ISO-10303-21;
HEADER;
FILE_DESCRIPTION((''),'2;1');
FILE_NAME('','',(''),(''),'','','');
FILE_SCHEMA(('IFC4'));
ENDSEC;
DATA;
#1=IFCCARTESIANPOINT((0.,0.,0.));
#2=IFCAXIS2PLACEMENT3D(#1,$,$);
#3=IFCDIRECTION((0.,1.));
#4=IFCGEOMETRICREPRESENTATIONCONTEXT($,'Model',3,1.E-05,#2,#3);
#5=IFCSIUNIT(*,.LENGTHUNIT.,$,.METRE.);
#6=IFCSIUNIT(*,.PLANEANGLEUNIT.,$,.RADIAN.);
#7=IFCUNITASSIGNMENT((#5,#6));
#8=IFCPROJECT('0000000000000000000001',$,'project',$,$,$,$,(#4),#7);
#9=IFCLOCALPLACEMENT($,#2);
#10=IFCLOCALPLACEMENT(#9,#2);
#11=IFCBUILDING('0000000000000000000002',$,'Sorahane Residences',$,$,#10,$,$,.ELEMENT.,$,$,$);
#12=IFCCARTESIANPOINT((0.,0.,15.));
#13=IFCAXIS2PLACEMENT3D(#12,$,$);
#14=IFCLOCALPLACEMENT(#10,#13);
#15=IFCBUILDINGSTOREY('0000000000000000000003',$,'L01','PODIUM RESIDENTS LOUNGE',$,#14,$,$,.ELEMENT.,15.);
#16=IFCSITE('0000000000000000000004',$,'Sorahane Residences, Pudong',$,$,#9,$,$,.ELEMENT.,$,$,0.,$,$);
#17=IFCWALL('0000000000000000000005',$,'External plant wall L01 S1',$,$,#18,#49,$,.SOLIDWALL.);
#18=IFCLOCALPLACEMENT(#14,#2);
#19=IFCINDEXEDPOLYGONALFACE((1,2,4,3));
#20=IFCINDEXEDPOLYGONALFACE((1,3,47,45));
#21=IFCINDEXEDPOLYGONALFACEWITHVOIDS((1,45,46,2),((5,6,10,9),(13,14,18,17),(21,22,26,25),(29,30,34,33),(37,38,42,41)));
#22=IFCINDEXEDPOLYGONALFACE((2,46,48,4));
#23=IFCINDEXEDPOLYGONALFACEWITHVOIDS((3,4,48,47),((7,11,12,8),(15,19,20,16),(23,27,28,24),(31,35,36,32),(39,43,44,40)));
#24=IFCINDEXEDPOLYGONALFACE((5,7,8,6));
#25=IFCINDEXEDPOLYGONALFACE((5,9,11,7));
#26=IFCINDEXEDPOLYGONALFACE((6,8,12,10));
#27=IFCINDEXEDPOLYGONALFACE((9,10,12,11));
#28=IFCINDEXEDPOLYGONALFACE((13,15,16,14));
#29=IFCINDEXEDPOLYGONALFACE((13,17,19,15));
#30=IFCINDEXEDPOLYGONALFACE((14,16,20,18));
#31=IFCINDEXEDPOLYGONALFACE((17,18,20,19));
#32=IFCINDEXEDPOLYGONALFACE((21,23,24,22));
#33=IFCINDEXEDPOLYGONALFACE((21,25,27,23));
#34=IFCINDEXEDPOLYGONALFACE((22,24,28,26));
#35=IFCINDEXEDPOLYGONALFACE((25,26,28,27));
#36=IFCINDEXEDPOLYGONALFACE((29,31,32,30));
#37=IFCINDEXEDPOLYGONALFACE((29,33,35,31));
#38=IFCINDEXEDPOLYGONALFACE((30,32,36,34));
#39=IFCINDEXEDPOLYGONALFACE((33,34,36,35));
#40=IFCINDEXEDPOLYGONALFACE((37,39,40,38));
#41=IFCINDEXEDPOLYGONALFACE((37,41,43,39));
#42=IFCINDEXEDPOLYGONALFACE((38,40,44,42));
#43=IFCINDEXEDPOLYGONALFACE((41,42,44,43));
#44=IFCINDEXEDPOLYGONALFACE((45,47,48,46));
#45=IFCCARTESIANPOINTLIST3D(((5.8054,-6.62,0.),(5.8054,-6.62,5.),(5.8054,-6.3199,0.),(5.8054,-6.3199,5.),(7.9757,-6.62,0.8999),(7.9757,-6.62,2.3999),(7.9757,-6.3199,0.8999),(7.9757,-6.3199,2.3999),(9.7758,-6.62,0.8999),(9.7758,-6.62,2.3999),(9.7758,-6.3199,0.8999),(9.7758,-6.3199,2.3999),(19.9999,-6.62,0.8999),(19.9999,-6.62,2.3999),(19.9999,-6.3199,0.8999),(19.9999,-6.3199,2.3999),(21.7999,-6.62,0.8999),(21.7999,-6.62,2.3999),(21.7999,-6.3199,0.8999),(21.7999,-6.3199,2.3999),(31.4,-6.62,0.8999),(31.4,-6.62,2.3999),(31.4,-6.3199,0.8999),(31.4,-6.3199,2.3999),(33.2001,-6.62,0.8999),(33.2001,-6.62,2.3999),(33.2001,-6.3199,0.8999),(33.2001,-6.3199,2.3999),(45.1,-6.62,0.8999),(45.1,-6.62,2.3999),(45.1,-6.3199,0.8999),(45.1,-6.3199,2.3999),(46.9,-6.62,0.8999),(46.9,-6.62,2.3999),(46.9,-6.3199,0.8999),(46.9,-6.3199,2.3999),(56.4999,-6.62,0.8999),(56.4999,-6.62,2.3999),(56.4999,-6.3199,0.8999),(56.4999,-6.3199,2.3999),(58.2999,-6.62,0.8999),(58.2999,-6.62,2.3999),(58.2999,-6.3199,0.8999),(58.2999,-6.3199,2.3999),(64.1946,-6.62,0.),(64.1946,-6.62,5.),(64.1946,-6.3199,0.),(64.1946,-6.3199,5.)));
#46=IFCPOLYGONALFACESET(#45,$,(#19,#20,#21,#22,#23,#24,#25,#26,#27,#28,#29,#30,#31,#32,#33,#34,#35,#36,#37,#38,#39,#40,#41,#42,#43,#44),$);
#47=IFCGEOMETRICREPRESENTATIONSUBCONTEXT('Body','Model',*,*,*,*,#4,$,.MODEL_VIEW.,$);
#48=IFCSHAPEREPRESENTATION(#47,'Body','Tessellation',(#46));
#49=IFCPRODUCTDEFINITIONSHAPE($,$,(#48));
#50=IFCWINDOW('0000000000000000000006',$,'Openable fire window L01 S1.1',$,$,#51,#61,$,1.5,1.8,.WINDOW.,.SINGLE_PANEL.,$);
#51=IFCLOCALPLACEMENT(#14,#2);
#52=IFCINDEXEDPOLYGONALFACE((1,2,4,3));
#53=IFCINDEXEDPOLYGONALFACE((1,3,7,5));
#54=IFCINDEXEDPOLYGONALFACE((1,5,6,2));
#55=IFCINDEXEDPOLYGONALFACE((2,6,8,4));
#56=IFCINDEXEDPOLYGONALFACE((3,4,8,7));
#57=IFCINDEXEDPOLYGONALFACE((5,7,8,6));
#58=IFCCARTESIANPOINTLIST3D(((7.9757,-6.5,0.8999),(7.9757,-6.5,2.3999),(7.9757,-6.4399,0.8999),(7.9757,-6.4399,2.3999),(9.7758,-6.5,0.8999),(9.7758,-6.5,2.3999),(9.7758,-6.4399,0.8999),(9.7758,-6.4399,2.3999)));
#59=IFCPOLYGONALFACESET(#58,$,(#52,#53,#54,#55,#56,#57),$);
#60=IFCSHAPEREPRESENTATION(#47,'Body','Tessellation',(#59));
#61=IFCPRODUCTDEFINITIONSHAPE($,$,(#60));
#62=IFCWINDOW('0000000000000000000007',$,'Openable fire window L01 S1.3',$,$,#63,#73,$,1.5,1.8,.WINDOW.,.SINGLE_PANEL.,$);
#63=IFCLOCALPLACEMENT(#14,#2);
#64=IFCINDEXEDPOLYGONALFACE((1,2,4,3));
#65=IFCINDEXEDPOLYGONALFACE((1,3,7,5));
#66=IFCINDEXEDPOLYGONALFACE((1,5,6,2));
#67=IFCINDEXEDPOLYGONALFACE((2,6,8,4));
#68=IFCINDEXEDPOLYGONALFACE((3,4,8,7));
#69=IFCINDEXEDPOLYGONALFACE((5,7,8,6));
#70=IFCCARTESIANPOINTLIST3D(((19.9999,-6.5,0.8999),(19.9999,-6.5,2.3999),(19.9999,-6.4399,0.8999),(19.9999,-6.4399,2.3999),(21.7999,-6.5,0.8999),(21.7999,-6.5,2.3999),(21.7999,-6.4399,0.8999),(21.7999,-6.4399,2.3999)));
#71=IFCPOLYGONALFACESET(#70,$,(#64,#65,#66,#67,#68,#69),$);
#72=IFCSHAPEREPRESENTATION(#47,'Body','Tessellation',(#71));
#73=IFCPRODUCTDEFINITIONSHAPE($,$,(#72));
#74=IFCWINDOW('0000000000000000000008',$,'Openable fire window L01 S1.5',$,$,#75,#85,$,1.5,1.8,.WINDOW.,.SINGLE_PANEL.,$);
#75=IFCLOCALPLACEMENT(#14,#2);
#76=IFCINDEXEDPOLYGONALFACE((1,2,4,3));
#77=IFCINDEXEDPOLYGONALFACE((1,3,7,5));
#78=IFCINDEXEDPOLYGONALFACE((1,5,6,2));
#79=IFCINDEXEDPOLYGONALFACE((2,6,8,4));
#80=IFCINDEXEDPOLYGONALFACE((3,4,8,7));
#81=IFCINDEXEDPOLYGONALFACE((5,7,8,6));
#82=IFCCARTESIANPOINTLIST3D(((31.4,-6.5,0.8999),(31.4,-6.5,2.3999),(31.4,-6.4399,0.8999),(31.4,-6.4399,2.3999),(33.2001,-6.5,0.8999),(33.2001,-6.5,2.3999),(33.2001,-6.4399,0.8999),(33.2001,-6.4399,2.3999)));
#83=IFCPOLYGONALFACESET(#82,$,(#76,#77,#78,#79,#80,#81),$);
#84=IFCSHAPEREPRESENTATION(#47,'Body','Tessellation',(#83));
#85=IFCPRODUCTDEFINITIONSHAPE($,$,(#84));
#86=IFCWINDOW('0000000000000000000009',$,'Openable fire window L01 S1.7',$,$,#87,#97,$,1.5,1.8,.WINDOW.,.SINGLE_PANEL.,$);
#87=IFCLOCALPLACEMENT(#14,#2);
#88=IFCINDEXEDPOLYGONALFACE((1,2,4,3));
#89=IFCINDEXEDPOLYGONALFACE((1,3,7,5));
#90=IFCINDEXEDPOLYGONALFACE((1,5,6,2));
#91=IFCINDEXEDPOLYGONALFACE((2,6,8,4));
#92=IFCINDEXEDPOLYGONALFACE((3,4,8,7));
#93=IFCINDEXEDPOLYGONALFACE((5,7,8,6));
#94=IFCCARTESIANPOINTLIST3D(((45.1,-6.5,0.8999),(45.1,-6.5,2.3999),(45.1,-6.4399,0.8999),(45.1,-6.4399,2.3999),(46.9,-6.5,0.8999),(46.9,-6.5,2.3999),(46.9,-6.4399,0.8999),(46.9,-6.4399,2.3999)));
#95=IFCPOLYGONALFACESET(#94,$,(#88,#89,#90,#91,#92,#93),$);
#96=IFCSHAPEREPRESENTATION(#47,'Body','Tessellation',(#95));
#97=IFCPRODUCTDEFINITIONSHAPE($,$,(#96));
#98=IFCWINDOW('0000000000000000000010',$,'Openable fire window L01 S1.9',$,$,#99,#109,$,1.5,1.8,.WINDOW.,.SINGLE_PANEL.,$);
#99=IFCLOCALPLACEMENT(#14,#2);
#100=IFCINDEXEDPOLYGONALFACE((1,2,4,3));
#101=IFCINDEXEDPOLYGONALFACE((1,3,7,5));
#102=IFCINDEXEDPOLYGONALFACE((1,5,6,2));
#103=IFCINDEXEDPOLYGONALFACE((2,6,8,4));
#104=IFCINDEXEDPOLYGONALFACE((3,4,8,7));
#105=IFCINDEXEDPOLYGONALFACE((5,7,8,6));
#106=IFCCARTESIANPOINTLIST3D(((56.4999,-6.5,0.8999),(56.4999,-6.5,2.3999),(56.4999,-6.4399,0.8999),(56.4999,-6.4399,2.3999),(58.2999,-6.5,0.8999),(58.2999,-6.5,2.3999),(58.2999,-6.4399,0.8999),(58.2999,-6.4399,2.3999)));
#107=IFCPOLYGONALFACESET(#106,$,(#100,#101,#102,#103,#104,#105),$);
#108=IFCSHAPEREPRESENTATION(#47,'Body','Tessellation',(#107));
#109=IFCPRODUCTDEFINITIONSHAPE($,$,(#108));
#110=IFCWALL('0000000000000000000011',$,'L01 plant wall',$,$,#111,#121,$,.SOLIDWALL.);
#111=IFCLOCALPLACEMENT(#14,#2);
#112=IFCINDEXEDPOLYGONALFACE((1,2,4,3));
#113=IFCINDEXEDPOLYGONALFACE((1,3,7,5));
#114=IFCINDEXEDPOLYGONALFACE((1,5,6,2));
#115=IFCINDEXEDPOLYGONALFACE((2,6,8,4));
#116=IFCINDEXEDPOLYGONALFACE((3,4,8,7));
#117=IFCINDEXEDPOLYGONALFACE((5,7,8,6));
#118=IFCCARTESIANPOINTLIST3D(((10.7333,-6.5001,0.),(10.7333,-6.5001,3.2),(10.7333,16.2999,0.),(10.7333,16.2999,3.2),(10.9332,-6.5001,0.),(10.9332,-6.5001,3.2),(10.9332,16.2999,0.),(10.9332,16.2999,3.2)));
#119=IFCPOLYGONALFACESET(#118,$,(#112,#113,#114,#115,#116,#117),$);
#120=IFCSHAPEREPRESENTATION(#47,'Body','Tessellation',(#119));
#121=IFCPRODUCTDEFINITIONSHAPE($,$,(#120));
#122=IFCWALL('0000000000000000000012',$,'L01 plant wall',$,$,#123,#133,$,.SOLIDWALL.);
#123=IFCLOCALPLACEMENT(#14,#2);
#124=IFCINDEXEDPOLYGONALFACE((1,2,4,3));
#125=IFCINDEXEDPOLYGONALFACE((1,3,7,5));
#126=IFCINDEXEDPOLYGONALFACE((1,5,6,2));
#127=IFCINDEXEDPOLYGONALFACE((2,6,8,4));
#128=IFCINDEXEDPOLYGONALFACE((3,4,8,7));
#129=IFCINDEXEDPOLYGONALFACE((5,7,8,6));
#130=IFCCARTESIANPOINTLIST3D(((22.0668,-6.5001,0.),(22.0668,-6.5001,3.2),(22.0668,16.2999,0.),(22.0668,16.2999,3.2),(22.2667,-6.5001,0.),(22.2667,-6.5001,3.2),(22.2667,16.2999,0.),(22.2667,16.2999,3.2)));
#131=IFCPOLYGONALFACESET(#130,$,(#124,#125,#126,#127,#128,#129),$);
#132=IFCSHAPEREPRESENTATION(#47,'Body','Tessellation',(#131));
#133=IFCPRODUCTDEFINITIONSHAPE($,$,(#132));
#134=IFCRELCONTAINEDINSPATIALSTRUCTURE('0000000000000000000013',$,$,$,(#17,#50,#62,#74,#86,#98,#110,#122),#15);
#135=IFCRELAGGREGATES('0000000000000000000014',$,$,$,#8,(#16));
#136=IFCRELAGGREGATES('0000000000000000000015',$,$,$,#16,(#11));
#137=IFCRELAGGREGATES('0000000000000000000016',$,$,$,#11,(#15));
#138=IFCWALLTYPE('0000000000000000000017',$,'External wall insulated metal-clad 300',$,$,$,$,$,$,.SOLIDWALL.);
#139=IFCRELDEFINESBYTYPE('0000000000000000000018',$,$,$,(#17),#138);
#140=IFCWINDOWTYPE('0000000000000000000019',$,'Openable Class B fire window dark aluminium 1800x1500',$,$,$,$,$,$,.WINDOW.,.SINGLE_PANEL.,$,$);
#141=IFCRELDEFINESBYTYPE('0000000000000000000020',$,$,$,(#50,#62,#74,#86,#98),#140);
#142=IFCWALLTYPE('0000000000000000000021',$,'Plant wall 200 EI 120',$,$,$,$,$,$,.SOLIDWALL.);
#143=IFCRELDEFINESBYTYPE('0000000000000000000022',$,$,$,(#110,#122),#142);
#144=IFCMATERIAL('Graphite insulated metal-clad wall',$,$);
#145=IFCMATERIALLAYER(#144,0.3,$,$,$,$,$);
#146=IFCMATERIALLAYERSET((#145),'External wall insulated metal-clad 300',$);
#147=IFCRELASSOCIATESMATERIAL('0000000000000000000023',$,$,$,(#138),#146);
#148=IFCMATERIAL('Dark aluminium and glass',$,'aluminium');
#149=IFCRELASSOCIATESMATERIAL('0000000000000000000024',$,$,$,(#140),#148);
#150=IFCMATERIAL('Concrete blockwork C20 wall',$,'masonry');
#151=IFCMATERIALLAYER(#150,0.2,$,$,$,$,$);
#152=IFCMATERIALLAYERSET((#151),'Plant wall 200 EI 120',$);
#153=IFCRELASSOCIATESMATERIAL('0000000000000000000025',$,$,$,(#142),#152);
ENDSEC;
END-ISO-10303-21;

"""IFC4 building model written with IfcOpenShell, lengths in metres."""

from ifc_helpers import new_model, si_unit, direction, frame, frame_2d, origin, place, context, subcontext, project, spatial, rectangle, extrude, material, layer, layer_set, type_object, element, fill, save


model = new_model("IFC4")

# Units and contexts
model_context = context("Model", 3, precision=1e-05, world=origin(), true_north=direction((0.0, 1.0)))
body_context = subcontext(model_context, "Body", "Model", "MODEL_VIEW")
ifc_project = project(units=[si_unit("LENGTHUNIT", "METRE"), si_unit("PLANEANGLEUNIT", "RADIAN")], contexts=[model_context])

# Site, building, storey
site_placement = place(None, origin())
site = spatial("IfcSite", under=ifc_project, at=site_placement, Name="Sorahane Residences, Pudong", CompositionType="ELEMENT", RefElevation=0.0)
building_placement = place(site_placement, origin())
building = spatial("IfcBuilding", under=site, at=building_placement, Name="Sorahane Residences", CompositionType="ELEMENT")
storey_placement = place(building_placement, frame((0.0, 0.0, 15.0)))
storey = spatial("IfcBuildingStorey", under=building, at=storey_placement, Name="L01", Description="PODIUM RESIDENTS LOUNGE", CompositionType="ELEMENT", Elevation=15.0)

# Wall, openings, windows
ifc_material_1 = material(Name="Graphite insulated metal-clad wall")
ifc_layer_1 = layer(ifc_material_1, 0.3)
ifc_layer_set_1 = layer_set([ifc_layer_1], Name="External wall insulated metal-clad 300")
wall_type_1 = type_object("IfcWallType", Name="External wall insulated metal-clad 300", PredefinedType="SOLIDWALL", material=ifc_layer_set_1)
wall_placement = place(storey_placement, frame((5.8054, -6.47, 0.0), z_axis=(0.0, 0.0, 1.0), x_axis=(1.0, 0.0, 0.0)))
wall = element("IfcWall", 1, at=wall_placement, inside=storey, type_object=wall_type_1, Name="External plant wall L01 S1", PredefinedType="SOLIDWALL", context=body_context, shape_type="SweptSolid", body=[
    extrude(rectangle(XDim=58.3892, YDim=0.3, at=frame_2d((29.1946, 0.0))), origin(), (0.0, 0.0, 1.0), 5.0),
])
opening_1_placement = place(wall_placement, frame((2.1704, 0.0, 0.8999)))
opening_1 = element("IfcOpeningElement", 2, at=opening_1_placement, cuts=wall, PredefinedType="OPENING", context=body_context, shape_type="SweptSolid", body=[
    extrude(rectangle(XDim=1.8, YDim=1.5, at=frame_2d((0.8999, 0.75))), frame((0.0, 0.1599, 0.0), z_axis=(0.0, -1.0, 0.0), x_axis=(1.0, 0.0, 0.0)), (0.0, 0.0, 1.0), 0.3201),
])
opening_2_placement = place(wall_placement, frame((14.1946, 0.0, 0.8999)))
opening_2 = element("IfcOpeningElement", 3, at=opening_2_placement, cuts=wall, PredefinedType="OPENING", context=body_context, shape_type="SweptSolid", body=[
    extrude(rectangle(XDim=1.8, YDim=1.5, at=frame_2d((0.8999, 0.75))), frame((0.0, 0.1599, 0.0), z_axis=(0.0, -1.0, 0.0), x_axis=(1.0, 0.0, 0.0)), (0.0, 0.0, 1.0), 0.3201),
])
opening_3_placement = place(wall_placement, frame((25.5947, 0.0, 0.8999)))
opening_3 = element("IfcOpeningElement", 4, at=opening_3_placement, cuts=wall, PredefinedType="OPENING", context=body_context, shape_type="SweptSolid", body=[
    extrude(rectangle(XDim=1.8, YDim=1.5, at=frame_2d((0.8999, 0.75))), frame((0.0, 0.1599, 0.0), z_axis=(0.0, -1.0, 0.0), x_axis=(1.0, 0.0, 0.0)), (0.0, 0.0, 1.0), 0.3201),
])
opening_4_placement = place(wall_placement, frame((39.2947, 0.0, 0.8999)))
opening_4 = element("IfcOpeningElement", 5, at=opening_4_placement, cuts=wall, PredefinedType="OPENING", context=body_context, shape_type="SweptSolid", body=[
    extrude(rectangle(XDim=1.8, YDim=1.5, at=frame_2d((0.8999, 0.75))), frame((0.0, 0.1599, 0.0), z_axis=(0.0, -1.0, 0.0), x_axis=(1.0, 0.0, 0.0)), (0.0, 0.0, 1.0), 0.3201),
])
opening_5_placement = place(wall_placement, frame((50.6946, 0.0, 0.8999)))
opening_5 = element("IfcOpeningElement", 6, at=opening_5_placement, cuts=wall, PredefinedType="OPENING", context=body_context, shape_type="SweptSolid", body=[
    extrude(rectangle(XDim=1.8, YDim=1.5, at=frame_2d((0.8999, 0.75))), frame((0.0, 0.1599, 0.0), z_axis=(0.0, -1.0, 0.0), x_axis=(1.0, 0.0, 0.0)), (0.0, 0.0, 1.0), 0.3201),
])
ifc_material_2 = material(Name="Dark aluminium and glass", Category="aluminium")
window_type = type_object("IfcWindowType", Name="Openable Class B fire window dark aluminium 1800x1500", PartitioningType="SINGLE_PANEL", PredefinedType="WINDOW", material=ifc_material_2)
window_1_placement = place(opening_1_placement, origin())
window_1 = element("IfcWindow", 7, at=window_1_placement, inside=storey, type_object=window_type, Name="Openable fire window L01 S1.1", OverallHeight=1.5, OverallWidth=1.8, PartitioningType="SINGLE_PANEL", PredefinedType="WINDOW", context=body_context, shape_type="SweptSolid", body=[
    extrude(rectangle(XDim=1.8, YDim=1.5, at=frame_2d((0.8999, 0.75))), frame((0.0, 0.03, 0.0), z_axis=(0.0, -1.0, 0.0), x_axis=(1.0, 0.0, 0.0)), (0.0, 0.0, 1.0), 0.0601),
])
fill(opening_1, window_1)
window_2_placement = place(opening_2_placement, origin())
window_2 = element("IfcWindow", 8, at=window_2_placement, inside=storey, type_object=window_type, Name="Openable fire window L01 S1.3", OverallHeight=1.5, OverallWidth=1.8, PartitioningType="SINGLE_PANEL", PredefinedType="WINDOW", context=body_context, shape_type="SweptSolid", body=[
    extrude(rectangle(XDim=1.8, YDim=1.5, at=frame_2d((0.8999, 0.75))), frame((0.0, 0.03, 0.0), z_axis=(0.0, -1.0, 0.0), x_axis=(1.0, 0.0, 0.0)), (0.0, 0.0, 1.0), 0.0601),
])
fill(opening_2, window_2)
window_3_placement = place(opening_3_placement, origin())
window_3 = element("IfcWindow", 9, at=window_3_placement, inside=storey, type_object=window_type, Name="Openable fire window L01 S1.5", OverallHeight=1.5, OverallWidth=1.8, PartitioningType="SINGLE_PANEL", PredefinedType="WINDOW", context=body_context, shape_type="SweptSolid", body=[
    extrude(rectangle(XDim=1.8, YDim=1.5, at=frame_2d((0.8999, 0.75))), frame((0.0, 0.03, 0.0), z_axis=(0.0, -1.0, 0.0), x_axis=(1.0, 0.0, 0.0)), (0.0, 0.0, 1.0), 0.0601),
])
fill(opening_3, window_3)
window_4_placement = place(opening_4_placement, origin())
window_4 = element("IfcWindow", 10, at=window_4_placement, inside=storey, type_object=window_type, Name="Openable fire window L01 S1.7", OverallHeight=1.5, OverallWidth=1.8, PartitioningType="SINGLE_PANEL", PredefinedType="WINDOW", context=body_context, shape_type="SweptSolid", body=[
    extrude(rectangle(XDim=1.8, YDim=1.5, at=frame_2d((0.8999, 0.75))), frame((0.0, 0.03, 0.0), z_axis=(0.0, -1.0, 0.0), x_axis=(1.0, 0.0, 0.0)), (0.0, 0.0, 1.0), 0.0601),
])
fill(opening_4, window_4)
window_5_placement = place(opening_5_placement, origin())
window_5 = element("IfcWindow", 11, at=window_5_placement, inside=storey, type_object=window_type, Name="Openable fire window L01 S1.9", OverallHeight=1.5, OverallWidth=1.8, PartitioningType="SINGLE_PANEL", PredefinedType="WINDOW", context=body_context, shape_type="SweptSolid", body=[
    extrude(rectangle(XDim=1.8, YDim=1.5, at=frame_2d((0.8999, 0.75))), frame((0.0, 0.03, 0.0), z_axis=(0.0, -1.0, 0.0), x_axis=(1.0, 0.0, 0.0)), (0.0, 0.0, 1.0), 0.0601),
])
fill(opening_5, window_5)

# Walls
ifc_material_3 = material(Name="Concrete blockwork C20 wall", Category="masonry")
ifc_layer_2 = layer(ifc_material_3, 0.2)
ifc_layer_set_2 = layer_set([ifc_layer_2], Name="Plant wall 200 EI 120")
wall_type_2 = type_object("IfcWallType", Name="Plant wall 200 EI 120", PredefinedType="SOLIDWALL", material=ifc_layer_set_2)
for number, where, z_axis, x_axis, name in (
    (12, (10.8333, -6.5, 0.0), (0.0, 0.0, 1.0), (0.0, 1.0, 0.0), "L01 plant wall"),
    (13, (22.1667, -6.5, 0.0), (0.0, 0.0, 1.0), (0.0, 1.0, 0.0), "L01 plant wall"),
):
    element("IfcWall", number, at=place(storey_placement, frame(where, z_axis=z_axis, x_axis=x_axis)), inside=storey, type_object=wall_type_2, Name=name, PredefinedType="SOLIDWALL", context=body_context, shape_type="SweptSolid", body=[
        extrude(rectangle(XDim=22.8, YDim=0.2, at=frame_2d((11.3999, 0.0))), origin(), (0.0, 0.0, 1.0), 3.2),
    ])

save(model, "model.ifc")
